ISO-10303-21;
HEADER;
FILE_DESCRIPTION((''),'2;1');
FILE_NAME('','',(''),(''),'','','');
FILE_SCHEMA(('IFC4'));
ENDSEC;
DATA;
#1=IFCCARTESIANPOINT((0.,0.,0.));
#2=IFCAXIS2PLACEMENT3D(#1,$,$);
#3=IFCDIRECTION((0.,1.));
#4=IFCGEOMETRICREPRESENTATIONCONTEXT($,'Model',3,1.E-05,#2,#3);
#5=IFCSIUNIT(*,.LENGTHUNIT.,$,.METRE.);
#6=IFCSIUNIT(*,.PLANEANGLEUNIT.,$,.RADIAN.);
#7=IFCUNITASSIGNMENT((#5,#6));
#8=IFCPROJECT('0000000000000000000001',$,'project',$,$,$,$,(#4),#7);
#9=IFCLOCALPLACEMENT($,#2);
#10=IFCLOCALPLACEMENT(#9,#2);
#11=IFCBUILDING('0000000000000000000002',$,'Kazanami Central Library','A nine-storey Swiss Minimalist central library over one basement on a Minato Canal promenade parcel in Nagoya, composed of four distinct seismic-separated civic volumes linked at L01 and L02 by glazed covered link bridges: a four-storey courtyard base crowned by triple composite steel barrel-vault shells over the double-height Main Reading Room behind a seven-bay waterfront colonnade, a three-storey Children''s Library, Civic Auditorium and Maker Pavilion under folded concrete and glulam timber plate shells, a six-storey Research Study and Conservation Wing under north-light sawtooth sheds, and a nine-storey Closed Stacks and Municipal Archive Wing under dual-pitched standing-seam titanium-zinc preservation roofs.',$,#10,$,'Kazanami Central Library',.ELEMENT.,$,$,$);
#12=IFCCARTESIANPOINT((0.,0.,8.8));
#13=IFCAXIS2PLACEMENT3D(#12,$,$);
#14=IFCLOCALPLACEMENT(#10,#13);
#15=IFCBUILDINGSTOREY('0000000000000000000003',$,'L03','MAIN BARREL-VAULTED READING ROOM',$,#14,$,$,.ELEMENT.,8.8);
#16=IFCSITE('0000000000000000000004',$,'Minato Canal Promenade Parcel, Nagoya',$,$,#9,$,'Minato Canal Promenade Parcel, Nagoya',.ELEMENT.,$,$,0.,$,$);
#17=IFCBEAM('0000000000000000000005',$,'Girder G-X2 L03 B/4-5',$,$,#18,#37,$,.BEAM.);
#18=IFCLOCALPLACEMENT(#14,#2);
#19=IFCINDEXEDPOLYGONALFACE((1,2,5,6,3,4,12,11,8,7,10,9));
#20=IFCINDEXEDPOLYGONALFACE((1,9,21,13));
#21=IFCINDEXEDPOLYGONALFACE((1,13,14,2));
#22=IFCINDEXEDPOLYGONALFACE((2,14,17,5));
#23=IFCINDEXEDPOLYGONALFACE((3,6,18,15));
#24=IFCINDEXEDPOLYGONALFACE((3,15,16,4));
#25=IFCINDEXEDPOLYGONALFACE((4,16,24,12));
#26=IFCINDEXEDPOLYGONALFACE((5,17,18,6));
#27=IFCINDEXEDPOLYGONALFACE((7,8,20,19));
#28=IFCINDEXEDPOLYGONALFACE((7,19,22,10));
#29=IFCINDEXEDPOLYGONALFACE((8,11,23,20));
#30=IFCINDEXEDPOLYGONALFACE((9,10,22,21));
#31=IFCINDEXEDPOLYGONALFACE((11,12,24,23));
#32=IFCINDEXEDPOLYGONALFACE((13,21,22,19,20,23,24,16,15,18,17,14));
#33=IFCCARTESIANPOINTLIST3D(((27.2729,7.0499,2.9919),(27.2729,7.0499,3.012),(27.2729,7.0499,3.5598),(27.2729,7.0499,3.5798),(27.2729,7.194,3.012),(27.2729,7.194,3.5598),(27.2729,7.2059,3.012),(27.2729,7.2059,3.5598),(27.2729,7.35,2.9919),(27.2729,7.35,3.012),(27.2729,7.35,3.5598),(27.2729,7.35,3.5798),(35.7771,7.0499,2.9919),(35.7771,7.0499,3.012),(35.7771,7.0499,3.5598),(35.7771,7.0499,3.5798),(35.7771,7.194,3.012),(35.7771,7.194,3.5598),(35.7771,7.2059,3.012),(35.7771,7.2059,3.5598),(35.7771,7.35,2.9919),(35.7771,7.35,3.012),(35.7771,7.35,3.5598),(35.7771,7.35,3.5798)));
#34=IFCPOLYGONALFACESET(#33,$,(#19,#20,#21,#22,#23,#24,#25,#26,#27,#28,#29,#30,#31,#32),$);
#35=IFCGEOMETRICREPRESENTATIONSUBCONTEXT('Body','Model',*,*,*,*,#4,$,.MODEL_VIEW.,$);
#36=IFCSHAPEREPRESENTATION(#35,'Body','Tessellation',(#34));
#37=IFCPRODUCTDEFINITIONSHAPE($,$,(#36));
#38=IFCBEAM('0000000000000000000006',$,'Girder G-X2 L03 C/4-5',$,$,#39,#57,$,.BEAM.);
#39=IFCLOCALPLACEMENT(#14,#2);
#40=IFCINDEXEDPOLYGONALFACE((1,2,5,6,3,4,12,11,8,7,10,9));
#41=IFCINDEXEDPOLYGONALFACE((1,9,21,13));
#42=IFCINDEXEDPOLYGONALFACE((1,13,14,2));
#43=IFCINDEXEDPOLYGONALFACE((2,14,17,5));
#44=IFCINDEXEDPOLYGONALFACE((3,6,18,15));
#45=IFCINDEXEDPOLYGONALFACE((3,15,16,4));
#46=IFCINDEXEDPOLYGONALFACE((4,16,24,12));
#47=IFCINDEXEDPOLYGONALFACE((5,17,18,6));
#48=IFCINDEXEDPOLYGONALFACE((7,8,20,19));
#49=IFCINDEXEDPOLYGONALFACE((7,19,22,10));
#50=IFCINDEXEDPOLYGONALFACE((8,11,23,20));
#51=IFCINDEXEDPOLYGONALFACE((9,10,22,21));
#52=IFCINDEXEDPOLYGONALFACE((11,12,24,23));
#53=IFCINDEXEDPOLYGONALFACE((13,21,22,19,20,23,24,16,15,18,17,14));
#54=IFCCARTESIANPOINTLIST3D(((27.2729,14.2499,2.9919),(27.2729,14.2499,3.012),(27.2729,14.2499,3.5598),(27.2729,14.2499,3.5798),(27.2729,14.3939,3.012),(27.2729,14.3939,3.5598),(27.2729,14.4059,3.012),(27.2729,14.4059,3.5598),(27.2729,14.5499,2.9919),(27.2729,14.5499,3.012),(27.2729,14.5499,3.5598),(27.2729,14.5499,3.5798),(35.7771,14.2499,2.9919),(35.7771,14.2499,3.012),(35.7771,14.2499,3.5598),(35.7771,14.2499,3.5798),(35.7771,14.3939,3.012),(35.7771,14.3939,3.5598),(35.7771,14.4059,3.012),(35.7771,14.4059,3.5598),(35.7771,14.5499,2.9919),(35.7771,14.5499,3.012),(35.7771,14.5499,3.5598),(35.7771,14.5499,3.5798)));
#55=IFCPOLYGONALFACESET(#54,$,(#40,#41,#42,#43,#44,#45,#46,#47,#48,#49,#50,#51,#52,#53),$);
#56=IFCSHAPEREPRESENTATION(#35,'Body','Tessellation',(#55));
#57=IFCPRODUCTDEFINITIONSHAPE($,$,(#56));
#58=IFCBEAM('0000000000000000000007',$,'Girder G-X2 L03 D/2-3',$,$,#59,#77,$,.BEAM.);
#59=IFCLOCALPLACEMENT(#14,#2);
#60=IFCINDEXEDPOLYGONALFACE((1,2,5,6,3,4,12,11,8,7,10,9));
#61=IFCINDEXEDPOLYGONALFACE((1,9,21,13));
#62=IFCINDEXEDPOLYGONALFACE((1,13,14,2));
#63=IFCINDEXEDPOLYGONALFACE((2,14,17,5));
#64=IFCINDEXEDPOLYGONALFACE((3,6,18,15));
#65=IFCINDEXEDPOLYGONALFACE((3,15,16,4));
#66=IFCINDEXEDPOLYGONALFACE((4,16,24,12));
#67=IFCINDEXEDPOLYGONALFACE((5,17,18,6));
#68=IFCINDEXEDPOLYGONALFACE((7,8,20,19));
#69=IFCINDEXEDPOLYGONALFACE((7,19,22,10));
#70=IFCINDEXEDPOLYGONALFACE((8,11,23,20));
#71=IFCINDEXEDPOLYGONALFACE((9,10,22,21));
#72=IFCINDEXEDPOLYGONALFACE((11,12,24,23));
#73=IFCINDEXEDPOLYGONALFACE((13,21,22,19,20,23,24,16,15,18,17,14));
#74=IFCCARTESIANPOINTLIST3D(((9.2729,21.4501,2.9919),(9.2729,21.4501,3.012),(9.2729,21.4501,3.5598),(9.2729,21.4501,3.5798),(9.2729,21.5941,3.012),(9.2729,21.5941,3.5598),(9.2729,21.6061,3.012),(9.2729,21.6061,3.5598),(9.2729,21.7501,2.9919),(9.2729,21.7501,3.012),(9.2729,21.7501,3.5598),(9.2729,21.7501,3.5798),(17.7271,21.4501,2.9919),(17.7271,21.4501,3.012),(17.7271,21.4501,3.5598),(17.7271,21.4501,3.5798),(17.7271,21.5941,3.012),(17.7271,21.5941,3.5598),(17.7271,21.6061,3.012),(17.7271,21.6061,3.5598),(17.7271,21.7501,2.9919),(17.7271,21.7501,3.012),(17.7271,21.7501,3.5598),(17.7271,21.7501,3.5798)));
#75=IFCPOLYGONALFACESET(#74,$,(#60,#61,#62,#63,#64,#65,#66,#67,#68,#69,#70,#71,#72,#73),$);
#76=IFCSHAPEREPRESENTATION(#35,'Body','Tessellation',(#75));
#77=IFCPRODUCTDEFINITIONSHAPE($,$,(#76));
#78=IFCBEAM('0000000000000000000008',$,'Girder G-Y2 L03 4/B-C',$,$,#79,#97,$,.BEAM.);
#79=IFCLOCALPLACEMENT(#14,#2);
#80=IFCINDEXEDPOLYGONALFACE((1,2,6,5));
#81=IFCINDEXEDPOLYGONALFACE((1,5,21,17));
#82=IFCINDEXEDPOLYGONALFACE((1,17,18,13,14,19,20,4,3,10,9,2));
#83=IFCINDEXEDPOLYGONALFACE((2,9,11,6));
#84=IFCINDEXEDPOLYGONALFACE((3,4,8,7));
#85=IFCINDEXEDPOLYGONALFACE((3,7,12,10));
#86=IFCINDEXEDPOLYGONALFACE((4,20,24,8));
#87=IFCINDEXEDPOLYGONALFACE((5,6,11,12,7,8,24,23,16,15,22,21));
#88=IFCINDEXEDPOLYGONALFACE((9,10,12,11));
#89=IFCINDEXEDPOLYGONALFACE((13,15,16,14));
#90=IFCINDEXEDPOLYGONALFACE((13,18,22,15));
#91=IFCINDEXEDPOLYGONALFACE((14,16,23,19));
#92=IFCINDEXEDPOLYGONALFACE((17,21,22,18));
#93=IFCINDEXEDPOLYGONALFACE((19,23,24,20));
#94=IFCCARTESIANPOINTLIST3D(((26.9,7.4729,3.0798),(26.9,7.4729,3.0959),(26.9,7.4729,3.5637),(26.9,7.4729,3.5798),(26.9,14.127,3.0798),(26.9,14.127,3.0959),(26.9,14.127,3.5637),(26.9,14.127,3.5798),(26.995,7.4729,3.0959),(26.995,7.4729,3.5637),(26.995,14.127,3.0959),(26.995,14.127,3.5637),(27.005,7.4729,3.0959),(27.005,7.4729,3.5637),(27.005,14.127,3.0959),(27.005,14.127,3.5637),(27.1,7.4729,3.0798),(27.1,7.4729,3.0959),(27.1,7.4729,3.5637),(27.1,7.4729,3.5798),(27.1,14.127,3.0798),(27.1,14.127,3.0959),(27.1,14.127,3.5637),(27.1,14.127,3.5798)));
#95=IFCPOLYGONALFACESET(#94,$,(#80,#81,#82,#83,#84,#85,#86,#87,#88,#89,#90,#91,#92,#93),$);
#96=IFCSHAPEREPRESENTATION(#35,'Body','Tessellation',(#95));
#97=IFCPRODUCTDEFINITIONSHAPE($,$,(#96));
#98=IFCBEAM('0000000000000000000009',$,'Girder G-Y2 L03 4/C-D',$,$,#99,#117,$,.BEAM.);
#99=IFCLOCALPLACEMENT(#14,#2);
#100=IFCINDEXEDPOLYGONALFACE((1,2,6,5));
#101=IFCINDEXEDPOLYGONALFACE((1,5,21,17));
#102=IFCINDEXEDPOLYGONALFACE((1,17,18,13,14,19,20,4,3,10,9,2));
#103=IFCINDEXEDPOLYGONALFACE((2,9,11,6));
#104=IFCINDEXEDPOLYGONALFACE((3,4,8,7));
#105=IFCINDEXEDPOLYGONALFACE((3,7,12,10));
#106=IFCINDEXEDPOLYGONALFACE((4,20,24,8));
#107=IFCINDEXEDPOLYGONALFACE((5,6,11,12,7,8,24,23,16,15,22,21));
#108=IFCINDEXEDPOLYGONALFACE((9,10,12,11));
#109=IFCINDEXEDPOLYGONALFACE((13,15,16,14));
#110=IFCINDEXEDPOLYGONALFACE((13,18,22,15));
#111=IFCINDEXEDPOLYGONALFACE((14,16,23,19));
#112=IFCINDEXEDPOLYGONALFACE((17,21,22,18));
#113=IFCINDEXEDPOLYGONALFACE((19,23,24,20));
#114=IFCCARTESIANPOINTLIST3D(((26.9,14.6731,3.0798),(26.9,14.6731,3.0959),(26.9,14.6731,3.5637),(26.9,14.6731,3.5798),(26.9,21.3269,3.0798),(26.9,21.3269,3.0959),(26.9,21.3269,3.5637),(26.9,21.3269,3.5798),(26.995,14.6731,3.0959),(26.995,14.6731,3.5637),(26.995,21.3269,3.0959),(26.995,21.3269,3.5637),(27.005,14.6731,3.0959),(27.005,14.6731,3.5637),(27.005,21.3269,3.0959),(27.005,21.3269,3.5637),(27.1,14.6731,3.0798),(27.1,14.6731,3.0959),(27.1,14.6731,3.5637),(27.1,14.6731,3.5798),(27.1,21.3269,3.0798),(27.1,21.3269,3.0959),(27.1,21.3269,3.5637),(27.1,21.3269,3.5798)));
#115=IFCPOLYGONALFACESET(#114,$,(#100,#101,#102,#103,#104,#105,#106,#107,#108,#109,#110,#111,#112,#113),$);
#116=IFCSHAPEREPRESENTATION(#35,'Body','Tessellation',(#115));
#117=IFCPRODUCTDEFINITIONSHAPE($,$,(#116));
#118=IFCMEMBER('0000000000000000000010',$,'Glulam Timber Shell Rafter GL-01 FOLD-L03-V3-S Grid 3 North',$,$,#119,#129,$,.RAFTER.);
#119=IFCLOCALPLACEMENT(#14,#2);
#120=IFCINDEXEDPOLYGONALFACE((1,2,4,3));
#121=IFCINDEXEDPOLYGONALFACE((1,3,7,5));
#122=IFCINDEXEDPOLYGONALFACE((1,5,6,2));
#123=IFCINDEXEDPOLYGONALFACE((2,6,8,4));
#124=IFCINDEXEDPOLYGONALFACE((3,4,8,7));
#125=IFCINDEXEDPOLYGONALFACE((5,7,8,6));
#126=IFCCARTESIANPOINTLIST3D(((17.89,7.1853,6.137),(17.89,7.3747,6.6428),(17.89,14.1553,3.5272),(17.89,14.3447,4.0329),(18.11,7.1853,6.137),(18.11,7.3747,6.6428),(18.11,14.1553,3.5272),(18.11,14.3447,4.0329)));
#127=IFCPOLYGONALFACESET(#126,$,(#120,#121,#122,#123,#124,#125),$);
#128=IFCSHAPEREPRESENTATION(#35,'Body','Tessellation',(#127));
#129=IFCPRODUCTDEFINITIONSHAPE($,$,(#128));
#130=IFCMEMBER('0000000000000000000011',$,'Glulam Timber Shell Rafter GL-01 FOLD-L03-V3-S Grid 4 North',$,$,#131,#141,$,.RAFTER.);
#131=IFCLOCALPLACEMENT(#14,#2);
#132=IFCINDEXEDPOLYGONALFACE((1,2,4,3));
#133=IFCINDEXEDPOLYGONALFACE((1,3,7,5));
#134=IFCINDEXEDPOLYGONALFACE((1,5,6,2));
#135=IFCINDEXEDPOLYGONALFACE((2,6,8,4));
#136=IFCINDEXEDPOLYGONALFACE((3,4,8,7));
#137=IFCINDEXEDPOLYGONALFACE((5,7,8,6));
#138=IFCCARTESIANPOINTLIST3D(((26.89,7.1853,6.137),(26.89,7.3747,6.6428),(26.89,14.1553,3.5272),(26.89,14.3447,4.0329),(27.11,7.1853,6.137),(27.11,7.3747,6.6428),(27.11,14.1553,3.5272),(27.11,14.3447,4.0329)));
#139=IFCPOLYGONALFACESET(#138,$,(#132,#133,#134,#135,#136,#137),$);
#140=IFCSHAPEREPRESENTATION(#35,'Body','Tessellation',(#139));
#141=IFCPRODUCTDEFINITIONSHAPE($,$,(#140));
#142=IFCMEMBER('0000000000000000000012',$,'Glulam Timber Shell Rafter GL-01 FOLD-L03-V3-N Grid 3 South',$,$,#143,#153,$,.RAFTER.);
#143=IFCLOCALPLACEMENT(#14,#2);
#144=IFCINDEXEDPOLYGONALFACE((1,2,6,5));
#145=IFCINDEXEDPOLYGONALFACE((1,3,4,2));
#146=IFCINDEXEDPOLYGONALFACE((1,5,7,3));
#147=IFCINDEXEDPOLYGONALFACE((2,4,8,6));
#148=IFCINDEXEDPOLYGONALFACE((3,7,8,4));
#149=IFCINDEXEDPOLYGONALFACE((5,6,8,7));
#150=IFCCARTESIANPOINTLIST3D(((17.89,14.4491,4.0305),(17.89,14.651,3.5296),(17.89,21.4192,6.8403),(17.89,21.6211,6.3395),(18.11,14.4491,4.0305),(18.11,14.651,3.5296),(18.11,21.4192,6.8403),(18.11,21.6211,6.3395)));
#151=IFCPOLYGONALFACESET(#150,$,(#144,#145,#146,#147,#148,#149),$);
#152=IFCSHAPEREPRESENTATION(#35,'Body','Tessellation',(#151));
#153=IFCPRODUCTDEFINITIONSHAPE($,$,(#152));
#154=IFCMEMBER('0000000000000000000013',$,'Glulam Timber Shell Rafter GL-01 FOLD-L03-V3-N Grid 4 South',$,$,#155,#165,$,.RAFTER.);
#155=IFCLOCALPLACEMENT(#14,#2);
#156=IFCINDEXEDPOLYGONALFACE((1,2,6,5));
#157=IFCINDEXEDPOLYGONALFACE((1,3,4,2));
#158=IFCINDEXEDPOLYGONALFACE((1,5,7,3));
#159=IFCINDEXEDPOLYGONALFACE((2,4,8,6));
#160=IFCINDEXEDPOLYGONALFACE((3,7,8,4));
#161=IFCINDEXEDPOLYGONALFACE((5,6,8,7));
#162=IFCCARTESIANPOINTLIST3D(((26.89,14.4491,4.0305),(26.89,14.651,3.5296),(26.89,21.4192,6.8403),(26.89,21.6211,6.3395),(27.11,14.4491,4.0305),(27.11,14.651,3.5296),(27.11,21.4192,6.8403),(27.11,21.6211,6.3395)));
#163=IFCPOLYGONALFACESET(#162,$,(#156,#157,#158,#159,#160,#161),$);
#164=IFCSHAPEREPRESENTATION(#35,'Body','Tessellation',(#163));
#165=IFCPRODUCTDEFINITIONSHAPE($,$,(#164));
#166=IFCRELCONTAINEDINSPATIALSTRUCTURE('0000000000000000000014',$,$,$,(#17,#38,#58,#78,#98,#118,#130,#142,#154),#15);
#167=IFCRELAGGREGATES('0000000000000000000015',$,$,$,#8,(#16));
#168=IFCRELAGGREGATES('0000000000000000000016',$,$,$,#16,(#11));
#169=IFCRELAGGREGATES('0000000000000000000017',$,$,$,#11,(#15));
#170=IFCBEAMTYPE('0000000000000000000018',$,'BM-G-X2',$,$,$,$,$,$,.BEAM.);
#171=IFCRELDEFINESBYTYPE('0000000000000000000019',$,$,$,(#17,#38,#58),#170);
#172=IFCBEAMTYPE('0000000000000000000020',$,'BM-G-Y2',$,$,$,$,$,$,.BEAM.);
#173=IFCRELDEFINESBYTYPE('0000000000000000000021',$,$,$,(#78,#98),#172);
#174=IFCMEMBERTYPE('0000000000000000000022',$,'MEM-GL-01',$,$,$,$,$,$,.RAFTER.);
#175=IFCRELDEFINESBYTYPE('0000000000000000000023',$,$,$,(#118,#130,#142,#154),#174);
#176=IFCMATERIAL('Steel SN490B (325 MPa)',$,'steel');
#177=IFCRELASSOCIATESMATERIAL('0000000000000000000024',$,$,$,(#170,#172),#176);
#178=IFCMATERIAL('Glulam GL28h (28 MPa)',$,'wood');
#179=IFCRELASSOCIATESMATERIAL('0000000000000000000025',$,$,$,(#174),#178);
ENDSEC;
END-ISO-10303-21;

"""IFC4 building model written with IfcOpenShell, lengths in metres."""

from ifc_helpers import new_model, si_unit, direction, frame, origin, origin_2d, place, context, subcontext, project, spatial, rectangle, i_section, extrude, material, material_profile, profile_set, type_object, element, save


model = new_model("IFC4")

# Units and contexts
model_context = context("Model", 3, precision=1e-05, world=origin(), true_north=direction((0.0, 1.0)))
body_context = subcontext(model_context, "Body", "Model", "MODEL_VIEW")
ifc_project = project(units=[si_unit("LENGTHUNIT", "METRE"), si_unit("PLANEANGLEUNIT", "RADIAN")], contexts=[model_context])

# Site, building, storey
site_placement = place(None, origin())
site = spatial("IfcSite", under=ifc_project, at=site_placement, Name="Minato Canal Promenade Parcel, Nagoya", LongName="Minato Canal Promenade Parcel, Nagoya", CompositionType="ELEMENT", RefElevation=0.0)
building_placement = place(site_placement, origin())
building = spatial("IfcBuilding", under=site, at=building_placement, Name="Kazanami Central Library", Description="A nine-storey Swiss Minimalist central library over one basement on a Minato Canal promenade parcel in Nagoya, composed of four distinct seismic-separated civic volumes linked at L01 and L02 by glazed covered link bridges: a four-storey courtyard base crowned by triple composite steel barrel-vault shells over the double-height Main Reading Room behind a seven-bay waterfront colonnade, a three-storey Children's Library, Civic Auditorium and Maker Pavilion under folded concrete and glulam timber plate shells, a six-storey Research Study and Conservation Wing under north-light sawtooth sheds, and a nine-storey Closed Stacks and Municipal Archive Wing under dual-pitched standing-seam titanium-zinc preservation roofs.", LongName="Kazanami Central Library", CompositionType="ELEMENT")
storey_placement = place(building_placement, frame((0.0, 0.0, 8.8)))
storey = spatial("IfcBuildingStorey", under=building, at=storey_placement, Name="L03", Description="MAIN BARREL-VAULTED READING ROOM", CompositionType="ELEMENT", Elevation=8.8)

# Beams
ifc_material_1 = material(Name="Steel SN490B (325 MPa)", Category="steel")
ifc_material_profile_1 = material_profile(ifc_material_1, i_section(OverallWidth=0.3, OverallDepth=0.5879, WebThickness=0.012, FlangeThickness=0.02, at=origin_2d()), Name="H-588x300x12x20")
ifc_profile_set_1 = profile_set([ifc_material_profile_1], Name="Steel SN490B (325 MPa)")
beam_type_1 = type_object("IfcBeamType", Name="BM-G-X2", PredefinedType="BEAM", material=ifc_profile_set_1)
for number, where, z_axis, x_axis, name in (
    (1, (27.2729, 7.2, 3.2859), (1.0, 0.0, 0.0), (0.0, 1.0, 0.0), "Girder G-X2 L03 B/4-5"),
    (2, (27.2729, 14.3999, 3.2859), (1.0, 0.0, 0.0), (0.0, 1.0, 0.0), "Girder G-X2 L03 C/4-5"),
):
    element("IfcBeam", number, at=place(storey_placement, frame(where, z_axis=z_axis, x_axis=x_axis)), inside=storey, type_object=beam_type_1, Name=name, PredefinedType="BEAM", context=body_context, shape_type="SweptSolid", body=[
        extrude(i_section(OverallWidth=0.3, OverallDepth=0.5879, WebThickness=0.012, FlangeThickness=0.02, at=origin_2d()), origin(), (0.0, 0.0, 1.0), 8.5042),
    ])
beam_1_placement = place(storey_placement, frame((9.2729, 21.6001, 3.2859), z_axis=(1.0, 0.0, 0.0), x_axis=(0.0, 1.0, 0.0)))
element("IfcBeam", 3, at=beam_1_placement, inside=storey, type_object=beam_type_1, Name="Girder G-X2 L03 D/2-3", PredefinedType="BEAM", context=body_context, shape_type="SweptSolid", body=[
    extrude(i_section(OverallWidth=0.3, OverallDepth=0.5879, WebThickness=0.012, FlangeThickness=0.02, at=origin_2d()), origin(), (0.0, 0.0, 1.0), 8.4541),
])
ifc_material_profile_2 = material_profile(ifc_material_1, i_section(OverallWidth=0.2, OverallDepth=0.5, WebThickness=0.01, FlangeThickness=0.0161, at=origin_2d()), Name="H-500x200x10x16")
ifc_profile_set_2 = profile_set([ifc_material_profile_2], Name="Steel SN490B (325 MPa)")
beam_type_2 = type_object("IfcBeamType", Name="BM-G-Y2", PredefinedType="BEAM", material=ifc_profile_set_2)
beam_2_placement = place(storey_placement, frame((27.0, 7.4729, 3.3298), z_axis=(0.0, 1.0, 0.0), x_axis=(-1.0, 0.0, 0.0)))
element("IfcBeam", 4, at=beam_2_placement, inside=storey, type_object=beam_type_2, Name="Girder G-Y2 L03 4/B-C", PredefinedType="BEAM", context=body_context, shape_type="SweptSolid", body=[
    extrude(i_section(OverallWidth=0.2, OverallDepth=0.5, WebThickness=0.01, FlangeThickness=0.0161, at=origin_2d()), origin(), (0.0, 0.0, 1.0), 6.6541),
])
beam_3_placement = place(storey_placement, frame((27.0, 14.6731, 3.3298), z_axis=(0.0, 1.0, 0.0), x_axis=(-1.0, 0.0, 0.0)))
element("IfcBeam", 5, at=beam_3_placement, inside=storey, type_object=beam_type_2, Name="Girder G-Y2 L03 4/C-D", PredefinedType="BEAM", context=body_context, shape_type="SweptSolid", body=[
    extrude(i_section(OverallWidth=0.2, OverallDepth=0.5, WebThickness=0.01, FlangeThickness=0.0161, at=origin_2d()), origin(), (0.0, 0.0, 1.0), 6.6538),
])

# Members
ifc_material_2 = material(Name="Glulam GL28h (28 MPa)", Category="wood")
ifc_material_profile_3 = material_profile(ifc_material_2, rectangle(XDim=0.22, YDim=0.54, at=origin_2d()), Name="GL28h-220x540")
ifc_profile_set_3 = profile_set([ifc_material_profile_3], Name="Glulam GL28h (28 MPa)")
member_type_1 = type_object("IfcMemberType", Name="MEM-GL-01", PredefinedType="RAFTER", material=ifc_profile_set_3)
for number, where, z_axis, x_axis, name in (
    (6, (18.0, 14.25, 3.78), (0.0, -0.9365, 0.350667), (1.0, 0.0, 0.0), "Glulam Timber Shell Rafter GL-01 FOLD-L03-V3-S Grid 3 North"),
    (7, (27.0, 14.25, 3.78), (0.0, -0.9365, 0.350667), (1.0, 0.0, 0.0), "Glulam Timber Shell Rafter GL-01 FOLD-L03-V3-S Grid 4 North"),
):
    element("IfcMember", number, at=place(storey_placement, frame(where, z_axis=z_axis, x_axis=x_axis)), inside=storey, type_object=member_type_1, Name=name, PredefinedType="RAFTER", context=body_context, shape_type="SweptSolid", body=[
        extrude(rectangle(XDim=0.22, YDim=0.54, at=origin_2d()), origin(), (0.0, 0.0, 1.0), 7.4426),
    ])
for number, where, z_axis, x_axis, name in (
    (8, (18.0, 14.55, 3.78), (0.0, 0.927472, 0.373893), (-1.0, 0.0, 0.0), "Glulam Timber Shell Rafter GL-01 FOLD-L03-V3-N Grid 3 South"),
    (9, (27.0, 14.55, 3.78), (0.0, 0.927472, 0.373893), (-1.0, 0.0, 0.0), "Glulam Timber Shell Rafter GL-01 FOLD-L03-V3-N Grid 4 South"),
):
    element("IfcMember", number, at=place(storey_placement, frame(where, z_axis=z_axis, x_axis=x_axis)), inside=storey, type_object=member_type_1, Name=name, PredefinedType="RAFTER", context=body_context, shape_type="SweptSolid", body=[
        extrude(rectangle(XDim=0.22, YDim=0.54, at=origin_2d()), origin(), (0.0, 0.0, 1.0), 7.5151),
    ])

save(model, "model.ifc")
